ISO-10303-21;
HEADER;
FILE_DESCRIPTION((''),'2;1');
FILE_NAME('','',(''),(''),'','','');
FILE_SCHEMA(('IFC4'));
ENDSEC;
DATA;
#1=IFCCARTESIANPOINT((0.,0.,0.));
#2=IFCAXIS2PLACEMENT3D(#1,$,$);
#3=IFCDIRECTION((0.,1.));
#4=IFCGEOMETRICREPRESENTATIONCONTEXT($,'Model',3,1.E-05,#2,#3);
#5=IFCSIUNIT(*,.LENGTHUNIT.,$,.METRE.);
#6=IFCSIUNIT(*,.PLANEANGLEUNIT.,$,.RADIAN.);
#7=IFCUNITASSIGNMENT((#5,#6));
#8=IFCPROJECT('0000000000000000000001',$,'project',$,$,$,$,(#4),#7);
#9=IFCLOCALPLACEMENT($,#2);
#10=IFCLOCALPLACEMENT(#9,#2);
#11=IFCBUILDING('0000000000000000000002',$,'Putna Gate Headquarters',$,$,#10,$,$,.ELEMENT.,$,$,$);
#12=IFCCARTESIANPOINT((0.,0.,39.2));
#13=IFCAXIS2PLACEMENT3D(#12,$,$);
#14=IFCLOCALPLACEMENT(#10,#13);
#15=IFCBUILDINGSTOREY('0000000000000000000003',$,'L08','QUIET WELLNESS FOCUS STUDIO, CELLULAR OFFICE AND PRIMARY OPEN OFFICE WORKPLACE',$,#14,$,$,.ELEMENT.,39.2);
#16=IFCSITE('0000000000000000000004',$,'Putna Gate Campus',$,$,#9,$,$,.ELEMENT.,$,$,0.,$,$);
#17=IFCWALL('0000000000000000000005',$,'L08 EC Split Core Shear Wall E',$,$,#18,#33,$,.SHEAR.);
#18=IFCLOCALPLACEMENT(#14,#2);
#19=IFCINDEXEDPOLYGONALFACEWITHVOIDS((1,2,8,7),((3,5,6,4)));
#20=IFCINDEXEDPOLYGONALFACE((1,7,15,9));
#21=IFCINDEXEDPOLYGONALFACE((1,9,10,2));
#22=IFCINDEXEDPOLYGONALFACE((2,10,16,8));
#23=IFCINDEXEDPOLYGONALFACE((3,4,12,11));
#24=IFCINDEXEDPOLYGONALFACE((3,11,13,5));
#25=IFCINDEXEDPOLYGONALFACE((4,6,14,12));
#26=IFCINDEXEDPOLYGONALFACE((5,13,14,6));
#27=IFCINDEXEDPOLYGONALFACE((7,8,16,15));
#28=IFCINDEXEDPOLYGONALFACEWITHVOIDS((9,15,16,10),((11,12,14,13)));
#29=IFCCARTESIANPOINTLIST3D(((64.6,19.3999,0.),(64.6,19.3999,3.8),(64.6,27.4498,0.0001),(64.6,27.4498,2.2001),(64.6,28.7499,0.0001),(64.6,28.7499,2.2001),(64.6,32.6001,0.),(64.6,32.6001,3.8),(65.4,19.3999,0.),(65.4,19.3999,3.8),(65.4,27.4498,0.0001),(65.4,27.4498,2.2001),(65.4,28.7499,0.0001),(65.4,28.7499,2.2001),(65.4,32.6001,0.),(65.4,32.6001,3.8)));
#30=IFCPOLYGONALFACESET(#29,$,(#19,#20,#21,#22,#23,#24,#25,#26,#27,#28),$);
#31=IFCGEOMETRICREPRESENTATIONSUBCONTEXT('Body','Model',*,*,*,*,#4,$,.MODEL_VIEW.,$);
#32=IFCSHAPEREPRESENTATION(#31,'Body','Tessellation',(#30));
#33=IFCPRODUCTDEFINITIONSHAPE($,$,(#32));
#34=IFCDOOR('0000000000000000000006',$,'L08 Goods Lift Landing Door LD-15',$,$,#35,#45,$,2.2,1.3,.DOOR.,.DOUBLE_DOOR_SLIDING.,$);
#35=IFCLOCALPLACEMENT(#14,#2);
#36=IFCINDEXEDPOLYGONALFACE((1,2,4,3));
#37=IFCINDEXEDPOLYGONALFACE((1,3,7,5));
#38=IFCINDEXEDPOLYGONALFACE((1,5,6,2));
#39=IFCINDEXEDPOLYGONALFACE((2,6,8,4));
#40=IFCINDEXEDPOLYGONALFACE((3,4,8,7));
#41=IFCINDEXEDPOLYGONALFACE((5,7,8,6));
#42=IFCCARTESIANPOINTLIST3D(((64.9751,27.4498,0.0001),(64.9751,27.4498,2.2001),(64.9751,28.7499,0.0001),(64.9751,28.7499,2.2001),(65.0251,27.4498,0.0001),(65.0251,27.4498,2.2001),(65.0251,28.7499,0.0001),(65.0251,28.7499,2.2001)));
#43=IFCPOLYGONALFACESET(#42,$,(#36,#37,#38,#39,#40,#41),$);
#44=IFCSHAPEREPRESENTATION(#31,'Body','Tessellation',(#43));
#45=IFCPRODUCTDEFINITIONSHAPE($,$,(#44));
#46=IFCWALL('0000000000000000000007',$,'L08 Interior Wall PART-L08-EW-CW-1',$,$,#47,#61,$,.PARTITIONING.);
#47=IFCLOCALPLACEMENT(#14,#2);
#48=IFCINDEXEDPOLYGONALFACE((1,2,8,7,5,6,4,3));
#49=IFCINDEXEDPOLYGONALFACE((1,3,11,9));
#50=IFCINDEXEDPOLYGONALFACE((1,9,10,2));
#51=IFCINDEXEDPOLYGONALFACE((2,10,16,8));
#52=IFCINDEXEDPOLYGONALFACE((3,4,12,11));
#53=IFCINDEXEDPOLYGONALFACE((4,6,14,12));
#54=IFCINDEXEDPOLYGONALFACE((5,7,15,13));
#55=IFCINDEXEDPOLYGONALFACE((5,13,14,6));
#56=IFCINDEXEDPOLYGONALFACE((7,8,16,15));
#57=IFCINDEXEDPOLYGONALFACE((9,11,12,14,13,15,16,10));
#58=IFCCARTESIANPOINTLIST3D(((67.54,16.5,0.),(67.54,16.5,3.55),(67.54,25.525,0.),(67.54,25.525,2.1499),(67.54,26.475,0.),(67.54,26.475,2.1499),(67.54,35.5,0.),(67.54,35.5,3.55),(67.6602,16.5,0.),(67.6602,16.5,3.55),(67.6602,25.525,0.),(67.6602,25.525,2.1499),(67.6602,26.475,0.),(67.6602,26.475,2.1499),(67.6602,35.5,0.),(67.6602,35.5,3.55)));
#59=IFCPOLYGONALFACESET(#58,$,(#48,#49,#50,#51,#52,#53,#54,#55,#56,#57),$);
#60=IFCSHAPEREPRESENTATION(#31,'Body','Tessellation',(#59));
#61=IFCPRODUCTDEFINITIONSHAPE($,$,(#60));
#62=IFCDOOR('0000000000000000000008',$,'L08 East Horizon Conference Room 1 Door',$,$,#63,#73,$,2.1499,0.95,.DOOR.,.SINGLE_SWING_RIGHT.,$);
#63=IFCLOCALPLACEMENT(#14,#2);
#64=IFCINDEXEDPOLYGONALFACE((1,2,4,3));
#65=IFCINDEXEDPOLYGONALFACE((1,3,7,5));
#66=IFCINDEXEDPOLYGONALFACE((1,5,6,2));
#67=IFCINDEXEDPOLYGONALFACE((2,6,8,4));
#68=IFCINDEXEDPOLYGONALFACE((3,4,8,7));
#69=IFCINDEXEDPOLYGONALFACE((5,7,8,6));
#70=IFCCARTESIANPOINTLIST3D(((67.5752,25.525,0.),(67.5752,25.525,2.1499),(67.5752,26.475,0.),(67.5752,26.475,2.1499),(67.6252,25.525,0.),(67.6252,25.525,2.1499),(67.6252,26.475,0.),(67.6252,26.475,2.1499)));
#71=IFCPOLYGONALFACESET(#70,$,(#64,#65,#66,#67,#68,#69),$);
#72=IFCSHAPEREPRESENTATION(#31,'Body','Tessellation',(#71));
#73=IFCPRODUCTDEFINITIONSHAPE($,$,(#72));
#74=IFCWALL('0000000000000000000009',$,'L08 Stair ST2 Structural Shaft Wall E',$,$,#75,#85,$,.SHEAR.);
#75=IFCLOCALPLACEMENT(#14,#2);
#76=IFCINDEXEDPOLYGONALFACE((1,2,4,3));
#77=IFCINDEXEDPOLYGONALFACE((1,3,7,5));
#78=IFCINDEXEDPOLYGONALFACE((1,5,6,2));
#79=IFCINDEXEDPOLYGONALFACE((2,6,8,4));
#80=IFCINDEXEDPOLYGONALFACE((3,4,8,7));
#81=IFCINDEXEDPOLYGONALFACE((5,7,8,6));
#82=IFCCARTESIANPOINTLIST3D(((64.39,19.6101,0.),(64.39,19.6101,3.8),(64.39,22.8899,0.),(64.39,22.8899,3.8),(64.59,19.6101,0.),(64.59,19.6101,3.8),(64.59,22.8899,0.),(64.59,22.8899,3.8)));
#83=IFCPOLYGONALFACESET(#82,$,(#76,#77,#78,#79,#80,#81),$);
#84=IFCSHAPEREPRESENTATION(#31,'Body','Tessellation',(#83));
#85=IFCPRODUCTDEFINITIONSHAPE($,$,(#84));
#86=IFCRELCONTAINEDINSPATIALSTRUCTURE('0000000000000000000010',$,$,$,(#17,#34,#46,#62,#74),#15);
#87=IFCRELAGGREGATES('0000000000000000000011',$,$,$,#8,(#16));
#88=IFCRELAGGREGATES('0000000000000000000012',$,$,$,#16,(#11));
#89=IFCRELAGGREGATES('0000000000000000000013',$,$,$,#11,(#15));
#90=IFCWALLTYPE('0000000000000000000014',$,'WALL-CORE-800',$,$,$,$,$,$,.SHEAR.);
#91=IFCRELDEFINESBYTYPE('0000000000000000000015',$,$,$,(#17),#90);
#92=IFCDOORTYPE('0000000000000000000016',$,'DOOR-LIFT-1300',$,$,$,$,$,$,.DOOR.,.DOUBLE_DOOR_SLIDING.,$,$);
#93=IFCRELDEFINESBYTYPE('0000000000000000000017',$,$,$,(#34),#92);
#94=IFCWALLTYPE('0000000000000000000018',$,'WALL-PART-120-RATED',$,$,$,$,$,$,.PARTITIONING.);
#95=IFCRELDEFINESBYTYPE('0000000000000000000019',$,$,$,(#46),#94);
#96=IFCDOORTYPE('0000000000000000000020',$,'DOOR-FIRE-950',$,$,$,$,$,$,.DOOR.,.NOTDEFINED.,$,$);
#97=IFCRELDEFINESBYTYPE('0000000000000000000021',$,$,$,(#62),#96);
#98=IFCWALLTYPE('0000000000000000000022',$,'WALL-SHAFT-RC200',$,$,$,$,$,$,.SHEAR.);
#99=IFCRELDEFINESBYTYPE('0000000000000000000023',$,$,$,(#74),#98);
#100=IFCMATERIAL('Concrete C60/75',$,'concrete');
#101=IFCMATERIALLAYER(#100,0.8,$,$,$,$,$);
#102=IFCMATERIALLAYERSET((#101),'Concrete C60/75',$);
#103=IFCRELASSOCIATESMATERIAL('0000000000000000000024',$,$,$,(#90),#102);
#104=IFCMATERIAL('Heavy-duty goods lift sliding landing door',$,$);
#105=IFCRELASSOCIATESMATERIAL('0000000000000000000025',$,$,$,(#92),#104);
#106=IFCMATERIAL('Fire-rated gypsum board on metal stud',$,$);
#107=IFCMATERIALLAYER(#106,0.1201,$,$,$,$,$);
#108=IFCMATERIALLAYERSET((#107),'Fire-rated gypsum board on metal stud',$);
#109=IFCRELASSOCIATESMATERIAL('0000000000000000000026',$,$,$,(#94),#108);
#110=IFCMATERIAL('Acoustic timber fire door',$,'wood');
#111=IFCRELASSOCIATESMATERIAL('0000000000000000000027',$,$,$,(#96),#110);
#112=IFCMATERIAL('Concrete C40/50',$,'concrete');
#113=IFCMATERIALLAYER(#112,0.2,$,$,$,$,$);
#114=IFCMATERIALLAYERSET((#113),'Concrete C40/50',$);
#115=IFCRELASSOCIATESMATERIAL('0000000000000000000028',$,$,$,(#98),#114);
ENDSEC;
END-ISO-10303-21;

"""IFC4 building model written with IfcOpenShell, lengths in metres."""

from ifc_helpers import new_model, si_unit, direction, frame, frame_2d, origin, place, context, subcontext, project, spatial, rectangle, extrude, material, layer, layer_set, type_object, element, fill, save


model = new_model("IFC4")

# Units and contexts
model_context = context("Model", 3, precision=1e-05, world=origin(), true_north=direction((0.0, 1.0)))
body_context = subcontext(model_context, "Body", "Model", "MODEL_VIEW")
ifc_project = project(units=[si_unit("LENGTHUNIT", "METRE"), si_unit("PLANEANGLEUNIT", "RADIAN")], contexts=[model_context])

# Site, building, storey
site_placement = place(None, origin())
site = spatial("IfcSite", under=ifc_project, at=site_placement, Name="Putna Gate Campus", CompositionType="ELEMENT", RefElevation=0.0)
building_placement = place(site_placement, origin())
building = spatial("IfcBuilding", under=site, at=building_placement, Name="Putna Gate Headquarters", CompositionType="ELEMENT")
storey_placement = place(building_placement, frame((0.0, 0.0, 39.2)))
storey = spatial("IfcBuildingStorey", under=building, at=storey_placement, Name="L08", Description="QUIET WELLNESS FOCUS STUDIO, CELLULAR OFFICE AND PRIMARY OPEN OFFICE WORKPLACE", CompositionType="ELEMENT", Elevation=39.2)

# Shared definitions
ifc_material_1 = material(Name="Concrete C60/75", Category="concrete")

# Walls, openings, doors
ifc_layer_1 = layer(ifc_material_1, 0.8)
ifc_layer_set_1 = layer_set([ifc_layer_1], Name="Concrete C60/75")
wall_type_1 = type_object("IfcWallType", Name="WALL-CORE-800", PredefinedType="SHEAR", material=ifc_layer_set_1)
wall_1_placement = place(storey_placement, frame((65.0, 19.3999, 0.0), z_axis=(0.0, 0.0, 1.0), x_axis=(0.0, 1.0, 0.0)))
wall_1 = element("IfcWall", 1, at=wall_1_placement, inside=storey, type_object=wall_type_1, Name="L08 EC Split Core Shear Wall E", PredefinedType="SHEAR", context=body_context, shape_type="SweptSolid", body=[
    extrude(rectangle(XDim=13.2002, YDim=0.8, at=frame_2d((6.6001, 0.0))), origin(), (0.0, 0.0, 1.0), 3.8),
])
opening_1_placement = place(wall_1_placement, frame((8.05, 0.0, 0.0)))
opening_1 = element("IfcOpeningElement", 2, at=opening_1_placement, cuts=wall_1, PredefinedType="OPENING", context=body_context, shape_type="SweptSolid", body=[
    extrude(rectangle(XDim=1.3, YDim=2.2, at=frame_2d((0.6499, 1.1001))), frame((0.0, 0.4099, 0.0), z_axis=(0.0, -1.0, 0.0), x_axis=(1.0, 0.0, 0.0)), (0.0, 0.0, 1.0), 0.8201),
])
ifc_material_2 = material(Name="Heavy-duty goods lift sliding landing door")
door_type_1 = type_object("IfcDoorType", Name="DOOR-LIFT-1300", OperationType="DOUBLE_DOOR_SLIDING", PredefinedType="DOOR", material=ifc_material_2)
door_1_placement = place(opening_1_placement, origin())
door_1 = element("IfcDoor", 3, at=door_1_placement, inside=storey, type_object=door_type_1, Name="L08 Goods Lift Landing Door LD-15", OperationType="DOUBLE_DOOR_SLIDING", OverallHeight=2.2, OverallWidth=1.3, PredefinedType="DOOR", context=body_context, shape_type="SweptSolid", body=[
    extrude(rectangle(XDim=1.3, YDim=2.2, at=frame_2d((0.6499, 1.1001))), frame((0.0, 0.0249, 0.0), z_axis=(0.0, -1.0, 0.0), x_axis=(1.0, 0.0, 0.0)), (0.0, 0.0, 1.0), 0.05),
])
fill(opening_1, door_1)
ifc_material_3 = material(Name="Fire-rated gypsum board on metal stud")
ifc_layer_2 = layer(ifc_material_3, 0.1201)
ifc_layer_set_2 = layer_set([ifc_layer_2], Name="Fire-rated gypsum board on metal stud")
wall_type_2 = type_object("IfcWallType", Name="WALL-PART-120-RATED", PredefinedType="PARTITIONING", material=ifc_layer_set_2)
wall_2_placement = place(storey_placement, frame((67.6001, 16.5, 0.0), z_axis=(0.0, 0.0, 1.0), x_axis=(0.0, 1.0, 0.0)))
wall_2 = element("IfcWall", 4, at=wall_2_placement, inside=storey, type_object=wall_type_2, Name="L08 Interior Wall PART-L08-EW-CW-1", PredefinedType="PARTITIONING", context=body_context, shape_type="SweptSolid", body=[
    extrude(rectangle(XDim=19.0, YDim=0.1201, at=frame_2d((9.5, 0.0))), origin(), (0.0, 0.0, 1.0), 3.55),
])
opening_2_placement = place(wall_2_placement, frame((9.0249, 0.0, 0.0)))
opening_2 = element("IfcOpeningElement", 5, at=opening_2_placement, cuts=wall_2, PredefinedType="OPENING", context=body_context, shape_type="SweptSolid", body=[
    extrude(rectangle(XDim=0.95, YDim=2.1499, at=frame_2d((0.4751, 1.075))), frame((0.0, 0.0701, 0.0), z_axis=(0.0, -1.0, 0.0), x_axis=(1.0, 0.0, 0.0)), (0.0, 0.0, 1.0), 0.1401),
])
ifc_material_4 = material(Name="Acoustic timber fire door", Category="wood")
door_type_2 = type_object("IfcDoorType", Name="DOOR-FIRE-950", OperationType="NOTDEFINED", PredefinedType="DOOR", material=ifc_material_4)
door_2_placement = place(opening_2_placement, origin())
door_2 = element("IfcDoor", 6, at=door_2_placement, inside=storey, type_object=door_type_2, Name="L08 East Horizon Conference Room 1 Door", OperationType="SINGLE_SWING_RIGHT", OverallHeight=2.1499, OverallWidth=0.95, PredefinedType="DOOR", context=body_context, shape_type="SweptSolid", body=[
    extrude(rectangle(XDim=0.95, YDim=2.1499, at=frame_2d((0.4751, 1.075))), frame((0.0, 0.0249, 0.0), z_axis=(0.0, -1.0, 0.0), x_axis=(1.0, 0.0, 0.0)), (0.0, 0.0, 1.0), 0.05),
])
fill(opening_2, door_2)

# Wall
ifc_material_5 = material(Name="Concrete C40/50", Category="concrete")
ifc_layer_3 = layer(ifc_material_5, 0.2)
ifc_layer_set_3 = layer_set([ifc_layer_3], Name="Concrete C40/50")
wall_type_3 = type_object("IfcWallType", Name="WALL-SHAFT-RC200", PredefinedType="SHEAR", material=ifc_layer_set_3)
wall_3_placement = place(storey_placement, frame((64.49, 19.6101, 0.0), z_axis=(0.0, 0.0, 1.0), x_axis=(0.0, 1.0, 0.0)))
element("IfcWall", 7, at=wall_3_placement, inside=storey, type_object=wall_type_3, Name="L08 Stair ST2 Structural Shaft Wall E", PredefinedType="SHEAR", context=body_context, shape_type="SweptSolid", body=[
    extrude(rectangle(XDim=3.2798, YDim=0.2, at=frame_2d((1.6399, 0.0))), origin(), (0.0, 0.0, 1.0), 3.8),
])

save(model, "model.ifc")
